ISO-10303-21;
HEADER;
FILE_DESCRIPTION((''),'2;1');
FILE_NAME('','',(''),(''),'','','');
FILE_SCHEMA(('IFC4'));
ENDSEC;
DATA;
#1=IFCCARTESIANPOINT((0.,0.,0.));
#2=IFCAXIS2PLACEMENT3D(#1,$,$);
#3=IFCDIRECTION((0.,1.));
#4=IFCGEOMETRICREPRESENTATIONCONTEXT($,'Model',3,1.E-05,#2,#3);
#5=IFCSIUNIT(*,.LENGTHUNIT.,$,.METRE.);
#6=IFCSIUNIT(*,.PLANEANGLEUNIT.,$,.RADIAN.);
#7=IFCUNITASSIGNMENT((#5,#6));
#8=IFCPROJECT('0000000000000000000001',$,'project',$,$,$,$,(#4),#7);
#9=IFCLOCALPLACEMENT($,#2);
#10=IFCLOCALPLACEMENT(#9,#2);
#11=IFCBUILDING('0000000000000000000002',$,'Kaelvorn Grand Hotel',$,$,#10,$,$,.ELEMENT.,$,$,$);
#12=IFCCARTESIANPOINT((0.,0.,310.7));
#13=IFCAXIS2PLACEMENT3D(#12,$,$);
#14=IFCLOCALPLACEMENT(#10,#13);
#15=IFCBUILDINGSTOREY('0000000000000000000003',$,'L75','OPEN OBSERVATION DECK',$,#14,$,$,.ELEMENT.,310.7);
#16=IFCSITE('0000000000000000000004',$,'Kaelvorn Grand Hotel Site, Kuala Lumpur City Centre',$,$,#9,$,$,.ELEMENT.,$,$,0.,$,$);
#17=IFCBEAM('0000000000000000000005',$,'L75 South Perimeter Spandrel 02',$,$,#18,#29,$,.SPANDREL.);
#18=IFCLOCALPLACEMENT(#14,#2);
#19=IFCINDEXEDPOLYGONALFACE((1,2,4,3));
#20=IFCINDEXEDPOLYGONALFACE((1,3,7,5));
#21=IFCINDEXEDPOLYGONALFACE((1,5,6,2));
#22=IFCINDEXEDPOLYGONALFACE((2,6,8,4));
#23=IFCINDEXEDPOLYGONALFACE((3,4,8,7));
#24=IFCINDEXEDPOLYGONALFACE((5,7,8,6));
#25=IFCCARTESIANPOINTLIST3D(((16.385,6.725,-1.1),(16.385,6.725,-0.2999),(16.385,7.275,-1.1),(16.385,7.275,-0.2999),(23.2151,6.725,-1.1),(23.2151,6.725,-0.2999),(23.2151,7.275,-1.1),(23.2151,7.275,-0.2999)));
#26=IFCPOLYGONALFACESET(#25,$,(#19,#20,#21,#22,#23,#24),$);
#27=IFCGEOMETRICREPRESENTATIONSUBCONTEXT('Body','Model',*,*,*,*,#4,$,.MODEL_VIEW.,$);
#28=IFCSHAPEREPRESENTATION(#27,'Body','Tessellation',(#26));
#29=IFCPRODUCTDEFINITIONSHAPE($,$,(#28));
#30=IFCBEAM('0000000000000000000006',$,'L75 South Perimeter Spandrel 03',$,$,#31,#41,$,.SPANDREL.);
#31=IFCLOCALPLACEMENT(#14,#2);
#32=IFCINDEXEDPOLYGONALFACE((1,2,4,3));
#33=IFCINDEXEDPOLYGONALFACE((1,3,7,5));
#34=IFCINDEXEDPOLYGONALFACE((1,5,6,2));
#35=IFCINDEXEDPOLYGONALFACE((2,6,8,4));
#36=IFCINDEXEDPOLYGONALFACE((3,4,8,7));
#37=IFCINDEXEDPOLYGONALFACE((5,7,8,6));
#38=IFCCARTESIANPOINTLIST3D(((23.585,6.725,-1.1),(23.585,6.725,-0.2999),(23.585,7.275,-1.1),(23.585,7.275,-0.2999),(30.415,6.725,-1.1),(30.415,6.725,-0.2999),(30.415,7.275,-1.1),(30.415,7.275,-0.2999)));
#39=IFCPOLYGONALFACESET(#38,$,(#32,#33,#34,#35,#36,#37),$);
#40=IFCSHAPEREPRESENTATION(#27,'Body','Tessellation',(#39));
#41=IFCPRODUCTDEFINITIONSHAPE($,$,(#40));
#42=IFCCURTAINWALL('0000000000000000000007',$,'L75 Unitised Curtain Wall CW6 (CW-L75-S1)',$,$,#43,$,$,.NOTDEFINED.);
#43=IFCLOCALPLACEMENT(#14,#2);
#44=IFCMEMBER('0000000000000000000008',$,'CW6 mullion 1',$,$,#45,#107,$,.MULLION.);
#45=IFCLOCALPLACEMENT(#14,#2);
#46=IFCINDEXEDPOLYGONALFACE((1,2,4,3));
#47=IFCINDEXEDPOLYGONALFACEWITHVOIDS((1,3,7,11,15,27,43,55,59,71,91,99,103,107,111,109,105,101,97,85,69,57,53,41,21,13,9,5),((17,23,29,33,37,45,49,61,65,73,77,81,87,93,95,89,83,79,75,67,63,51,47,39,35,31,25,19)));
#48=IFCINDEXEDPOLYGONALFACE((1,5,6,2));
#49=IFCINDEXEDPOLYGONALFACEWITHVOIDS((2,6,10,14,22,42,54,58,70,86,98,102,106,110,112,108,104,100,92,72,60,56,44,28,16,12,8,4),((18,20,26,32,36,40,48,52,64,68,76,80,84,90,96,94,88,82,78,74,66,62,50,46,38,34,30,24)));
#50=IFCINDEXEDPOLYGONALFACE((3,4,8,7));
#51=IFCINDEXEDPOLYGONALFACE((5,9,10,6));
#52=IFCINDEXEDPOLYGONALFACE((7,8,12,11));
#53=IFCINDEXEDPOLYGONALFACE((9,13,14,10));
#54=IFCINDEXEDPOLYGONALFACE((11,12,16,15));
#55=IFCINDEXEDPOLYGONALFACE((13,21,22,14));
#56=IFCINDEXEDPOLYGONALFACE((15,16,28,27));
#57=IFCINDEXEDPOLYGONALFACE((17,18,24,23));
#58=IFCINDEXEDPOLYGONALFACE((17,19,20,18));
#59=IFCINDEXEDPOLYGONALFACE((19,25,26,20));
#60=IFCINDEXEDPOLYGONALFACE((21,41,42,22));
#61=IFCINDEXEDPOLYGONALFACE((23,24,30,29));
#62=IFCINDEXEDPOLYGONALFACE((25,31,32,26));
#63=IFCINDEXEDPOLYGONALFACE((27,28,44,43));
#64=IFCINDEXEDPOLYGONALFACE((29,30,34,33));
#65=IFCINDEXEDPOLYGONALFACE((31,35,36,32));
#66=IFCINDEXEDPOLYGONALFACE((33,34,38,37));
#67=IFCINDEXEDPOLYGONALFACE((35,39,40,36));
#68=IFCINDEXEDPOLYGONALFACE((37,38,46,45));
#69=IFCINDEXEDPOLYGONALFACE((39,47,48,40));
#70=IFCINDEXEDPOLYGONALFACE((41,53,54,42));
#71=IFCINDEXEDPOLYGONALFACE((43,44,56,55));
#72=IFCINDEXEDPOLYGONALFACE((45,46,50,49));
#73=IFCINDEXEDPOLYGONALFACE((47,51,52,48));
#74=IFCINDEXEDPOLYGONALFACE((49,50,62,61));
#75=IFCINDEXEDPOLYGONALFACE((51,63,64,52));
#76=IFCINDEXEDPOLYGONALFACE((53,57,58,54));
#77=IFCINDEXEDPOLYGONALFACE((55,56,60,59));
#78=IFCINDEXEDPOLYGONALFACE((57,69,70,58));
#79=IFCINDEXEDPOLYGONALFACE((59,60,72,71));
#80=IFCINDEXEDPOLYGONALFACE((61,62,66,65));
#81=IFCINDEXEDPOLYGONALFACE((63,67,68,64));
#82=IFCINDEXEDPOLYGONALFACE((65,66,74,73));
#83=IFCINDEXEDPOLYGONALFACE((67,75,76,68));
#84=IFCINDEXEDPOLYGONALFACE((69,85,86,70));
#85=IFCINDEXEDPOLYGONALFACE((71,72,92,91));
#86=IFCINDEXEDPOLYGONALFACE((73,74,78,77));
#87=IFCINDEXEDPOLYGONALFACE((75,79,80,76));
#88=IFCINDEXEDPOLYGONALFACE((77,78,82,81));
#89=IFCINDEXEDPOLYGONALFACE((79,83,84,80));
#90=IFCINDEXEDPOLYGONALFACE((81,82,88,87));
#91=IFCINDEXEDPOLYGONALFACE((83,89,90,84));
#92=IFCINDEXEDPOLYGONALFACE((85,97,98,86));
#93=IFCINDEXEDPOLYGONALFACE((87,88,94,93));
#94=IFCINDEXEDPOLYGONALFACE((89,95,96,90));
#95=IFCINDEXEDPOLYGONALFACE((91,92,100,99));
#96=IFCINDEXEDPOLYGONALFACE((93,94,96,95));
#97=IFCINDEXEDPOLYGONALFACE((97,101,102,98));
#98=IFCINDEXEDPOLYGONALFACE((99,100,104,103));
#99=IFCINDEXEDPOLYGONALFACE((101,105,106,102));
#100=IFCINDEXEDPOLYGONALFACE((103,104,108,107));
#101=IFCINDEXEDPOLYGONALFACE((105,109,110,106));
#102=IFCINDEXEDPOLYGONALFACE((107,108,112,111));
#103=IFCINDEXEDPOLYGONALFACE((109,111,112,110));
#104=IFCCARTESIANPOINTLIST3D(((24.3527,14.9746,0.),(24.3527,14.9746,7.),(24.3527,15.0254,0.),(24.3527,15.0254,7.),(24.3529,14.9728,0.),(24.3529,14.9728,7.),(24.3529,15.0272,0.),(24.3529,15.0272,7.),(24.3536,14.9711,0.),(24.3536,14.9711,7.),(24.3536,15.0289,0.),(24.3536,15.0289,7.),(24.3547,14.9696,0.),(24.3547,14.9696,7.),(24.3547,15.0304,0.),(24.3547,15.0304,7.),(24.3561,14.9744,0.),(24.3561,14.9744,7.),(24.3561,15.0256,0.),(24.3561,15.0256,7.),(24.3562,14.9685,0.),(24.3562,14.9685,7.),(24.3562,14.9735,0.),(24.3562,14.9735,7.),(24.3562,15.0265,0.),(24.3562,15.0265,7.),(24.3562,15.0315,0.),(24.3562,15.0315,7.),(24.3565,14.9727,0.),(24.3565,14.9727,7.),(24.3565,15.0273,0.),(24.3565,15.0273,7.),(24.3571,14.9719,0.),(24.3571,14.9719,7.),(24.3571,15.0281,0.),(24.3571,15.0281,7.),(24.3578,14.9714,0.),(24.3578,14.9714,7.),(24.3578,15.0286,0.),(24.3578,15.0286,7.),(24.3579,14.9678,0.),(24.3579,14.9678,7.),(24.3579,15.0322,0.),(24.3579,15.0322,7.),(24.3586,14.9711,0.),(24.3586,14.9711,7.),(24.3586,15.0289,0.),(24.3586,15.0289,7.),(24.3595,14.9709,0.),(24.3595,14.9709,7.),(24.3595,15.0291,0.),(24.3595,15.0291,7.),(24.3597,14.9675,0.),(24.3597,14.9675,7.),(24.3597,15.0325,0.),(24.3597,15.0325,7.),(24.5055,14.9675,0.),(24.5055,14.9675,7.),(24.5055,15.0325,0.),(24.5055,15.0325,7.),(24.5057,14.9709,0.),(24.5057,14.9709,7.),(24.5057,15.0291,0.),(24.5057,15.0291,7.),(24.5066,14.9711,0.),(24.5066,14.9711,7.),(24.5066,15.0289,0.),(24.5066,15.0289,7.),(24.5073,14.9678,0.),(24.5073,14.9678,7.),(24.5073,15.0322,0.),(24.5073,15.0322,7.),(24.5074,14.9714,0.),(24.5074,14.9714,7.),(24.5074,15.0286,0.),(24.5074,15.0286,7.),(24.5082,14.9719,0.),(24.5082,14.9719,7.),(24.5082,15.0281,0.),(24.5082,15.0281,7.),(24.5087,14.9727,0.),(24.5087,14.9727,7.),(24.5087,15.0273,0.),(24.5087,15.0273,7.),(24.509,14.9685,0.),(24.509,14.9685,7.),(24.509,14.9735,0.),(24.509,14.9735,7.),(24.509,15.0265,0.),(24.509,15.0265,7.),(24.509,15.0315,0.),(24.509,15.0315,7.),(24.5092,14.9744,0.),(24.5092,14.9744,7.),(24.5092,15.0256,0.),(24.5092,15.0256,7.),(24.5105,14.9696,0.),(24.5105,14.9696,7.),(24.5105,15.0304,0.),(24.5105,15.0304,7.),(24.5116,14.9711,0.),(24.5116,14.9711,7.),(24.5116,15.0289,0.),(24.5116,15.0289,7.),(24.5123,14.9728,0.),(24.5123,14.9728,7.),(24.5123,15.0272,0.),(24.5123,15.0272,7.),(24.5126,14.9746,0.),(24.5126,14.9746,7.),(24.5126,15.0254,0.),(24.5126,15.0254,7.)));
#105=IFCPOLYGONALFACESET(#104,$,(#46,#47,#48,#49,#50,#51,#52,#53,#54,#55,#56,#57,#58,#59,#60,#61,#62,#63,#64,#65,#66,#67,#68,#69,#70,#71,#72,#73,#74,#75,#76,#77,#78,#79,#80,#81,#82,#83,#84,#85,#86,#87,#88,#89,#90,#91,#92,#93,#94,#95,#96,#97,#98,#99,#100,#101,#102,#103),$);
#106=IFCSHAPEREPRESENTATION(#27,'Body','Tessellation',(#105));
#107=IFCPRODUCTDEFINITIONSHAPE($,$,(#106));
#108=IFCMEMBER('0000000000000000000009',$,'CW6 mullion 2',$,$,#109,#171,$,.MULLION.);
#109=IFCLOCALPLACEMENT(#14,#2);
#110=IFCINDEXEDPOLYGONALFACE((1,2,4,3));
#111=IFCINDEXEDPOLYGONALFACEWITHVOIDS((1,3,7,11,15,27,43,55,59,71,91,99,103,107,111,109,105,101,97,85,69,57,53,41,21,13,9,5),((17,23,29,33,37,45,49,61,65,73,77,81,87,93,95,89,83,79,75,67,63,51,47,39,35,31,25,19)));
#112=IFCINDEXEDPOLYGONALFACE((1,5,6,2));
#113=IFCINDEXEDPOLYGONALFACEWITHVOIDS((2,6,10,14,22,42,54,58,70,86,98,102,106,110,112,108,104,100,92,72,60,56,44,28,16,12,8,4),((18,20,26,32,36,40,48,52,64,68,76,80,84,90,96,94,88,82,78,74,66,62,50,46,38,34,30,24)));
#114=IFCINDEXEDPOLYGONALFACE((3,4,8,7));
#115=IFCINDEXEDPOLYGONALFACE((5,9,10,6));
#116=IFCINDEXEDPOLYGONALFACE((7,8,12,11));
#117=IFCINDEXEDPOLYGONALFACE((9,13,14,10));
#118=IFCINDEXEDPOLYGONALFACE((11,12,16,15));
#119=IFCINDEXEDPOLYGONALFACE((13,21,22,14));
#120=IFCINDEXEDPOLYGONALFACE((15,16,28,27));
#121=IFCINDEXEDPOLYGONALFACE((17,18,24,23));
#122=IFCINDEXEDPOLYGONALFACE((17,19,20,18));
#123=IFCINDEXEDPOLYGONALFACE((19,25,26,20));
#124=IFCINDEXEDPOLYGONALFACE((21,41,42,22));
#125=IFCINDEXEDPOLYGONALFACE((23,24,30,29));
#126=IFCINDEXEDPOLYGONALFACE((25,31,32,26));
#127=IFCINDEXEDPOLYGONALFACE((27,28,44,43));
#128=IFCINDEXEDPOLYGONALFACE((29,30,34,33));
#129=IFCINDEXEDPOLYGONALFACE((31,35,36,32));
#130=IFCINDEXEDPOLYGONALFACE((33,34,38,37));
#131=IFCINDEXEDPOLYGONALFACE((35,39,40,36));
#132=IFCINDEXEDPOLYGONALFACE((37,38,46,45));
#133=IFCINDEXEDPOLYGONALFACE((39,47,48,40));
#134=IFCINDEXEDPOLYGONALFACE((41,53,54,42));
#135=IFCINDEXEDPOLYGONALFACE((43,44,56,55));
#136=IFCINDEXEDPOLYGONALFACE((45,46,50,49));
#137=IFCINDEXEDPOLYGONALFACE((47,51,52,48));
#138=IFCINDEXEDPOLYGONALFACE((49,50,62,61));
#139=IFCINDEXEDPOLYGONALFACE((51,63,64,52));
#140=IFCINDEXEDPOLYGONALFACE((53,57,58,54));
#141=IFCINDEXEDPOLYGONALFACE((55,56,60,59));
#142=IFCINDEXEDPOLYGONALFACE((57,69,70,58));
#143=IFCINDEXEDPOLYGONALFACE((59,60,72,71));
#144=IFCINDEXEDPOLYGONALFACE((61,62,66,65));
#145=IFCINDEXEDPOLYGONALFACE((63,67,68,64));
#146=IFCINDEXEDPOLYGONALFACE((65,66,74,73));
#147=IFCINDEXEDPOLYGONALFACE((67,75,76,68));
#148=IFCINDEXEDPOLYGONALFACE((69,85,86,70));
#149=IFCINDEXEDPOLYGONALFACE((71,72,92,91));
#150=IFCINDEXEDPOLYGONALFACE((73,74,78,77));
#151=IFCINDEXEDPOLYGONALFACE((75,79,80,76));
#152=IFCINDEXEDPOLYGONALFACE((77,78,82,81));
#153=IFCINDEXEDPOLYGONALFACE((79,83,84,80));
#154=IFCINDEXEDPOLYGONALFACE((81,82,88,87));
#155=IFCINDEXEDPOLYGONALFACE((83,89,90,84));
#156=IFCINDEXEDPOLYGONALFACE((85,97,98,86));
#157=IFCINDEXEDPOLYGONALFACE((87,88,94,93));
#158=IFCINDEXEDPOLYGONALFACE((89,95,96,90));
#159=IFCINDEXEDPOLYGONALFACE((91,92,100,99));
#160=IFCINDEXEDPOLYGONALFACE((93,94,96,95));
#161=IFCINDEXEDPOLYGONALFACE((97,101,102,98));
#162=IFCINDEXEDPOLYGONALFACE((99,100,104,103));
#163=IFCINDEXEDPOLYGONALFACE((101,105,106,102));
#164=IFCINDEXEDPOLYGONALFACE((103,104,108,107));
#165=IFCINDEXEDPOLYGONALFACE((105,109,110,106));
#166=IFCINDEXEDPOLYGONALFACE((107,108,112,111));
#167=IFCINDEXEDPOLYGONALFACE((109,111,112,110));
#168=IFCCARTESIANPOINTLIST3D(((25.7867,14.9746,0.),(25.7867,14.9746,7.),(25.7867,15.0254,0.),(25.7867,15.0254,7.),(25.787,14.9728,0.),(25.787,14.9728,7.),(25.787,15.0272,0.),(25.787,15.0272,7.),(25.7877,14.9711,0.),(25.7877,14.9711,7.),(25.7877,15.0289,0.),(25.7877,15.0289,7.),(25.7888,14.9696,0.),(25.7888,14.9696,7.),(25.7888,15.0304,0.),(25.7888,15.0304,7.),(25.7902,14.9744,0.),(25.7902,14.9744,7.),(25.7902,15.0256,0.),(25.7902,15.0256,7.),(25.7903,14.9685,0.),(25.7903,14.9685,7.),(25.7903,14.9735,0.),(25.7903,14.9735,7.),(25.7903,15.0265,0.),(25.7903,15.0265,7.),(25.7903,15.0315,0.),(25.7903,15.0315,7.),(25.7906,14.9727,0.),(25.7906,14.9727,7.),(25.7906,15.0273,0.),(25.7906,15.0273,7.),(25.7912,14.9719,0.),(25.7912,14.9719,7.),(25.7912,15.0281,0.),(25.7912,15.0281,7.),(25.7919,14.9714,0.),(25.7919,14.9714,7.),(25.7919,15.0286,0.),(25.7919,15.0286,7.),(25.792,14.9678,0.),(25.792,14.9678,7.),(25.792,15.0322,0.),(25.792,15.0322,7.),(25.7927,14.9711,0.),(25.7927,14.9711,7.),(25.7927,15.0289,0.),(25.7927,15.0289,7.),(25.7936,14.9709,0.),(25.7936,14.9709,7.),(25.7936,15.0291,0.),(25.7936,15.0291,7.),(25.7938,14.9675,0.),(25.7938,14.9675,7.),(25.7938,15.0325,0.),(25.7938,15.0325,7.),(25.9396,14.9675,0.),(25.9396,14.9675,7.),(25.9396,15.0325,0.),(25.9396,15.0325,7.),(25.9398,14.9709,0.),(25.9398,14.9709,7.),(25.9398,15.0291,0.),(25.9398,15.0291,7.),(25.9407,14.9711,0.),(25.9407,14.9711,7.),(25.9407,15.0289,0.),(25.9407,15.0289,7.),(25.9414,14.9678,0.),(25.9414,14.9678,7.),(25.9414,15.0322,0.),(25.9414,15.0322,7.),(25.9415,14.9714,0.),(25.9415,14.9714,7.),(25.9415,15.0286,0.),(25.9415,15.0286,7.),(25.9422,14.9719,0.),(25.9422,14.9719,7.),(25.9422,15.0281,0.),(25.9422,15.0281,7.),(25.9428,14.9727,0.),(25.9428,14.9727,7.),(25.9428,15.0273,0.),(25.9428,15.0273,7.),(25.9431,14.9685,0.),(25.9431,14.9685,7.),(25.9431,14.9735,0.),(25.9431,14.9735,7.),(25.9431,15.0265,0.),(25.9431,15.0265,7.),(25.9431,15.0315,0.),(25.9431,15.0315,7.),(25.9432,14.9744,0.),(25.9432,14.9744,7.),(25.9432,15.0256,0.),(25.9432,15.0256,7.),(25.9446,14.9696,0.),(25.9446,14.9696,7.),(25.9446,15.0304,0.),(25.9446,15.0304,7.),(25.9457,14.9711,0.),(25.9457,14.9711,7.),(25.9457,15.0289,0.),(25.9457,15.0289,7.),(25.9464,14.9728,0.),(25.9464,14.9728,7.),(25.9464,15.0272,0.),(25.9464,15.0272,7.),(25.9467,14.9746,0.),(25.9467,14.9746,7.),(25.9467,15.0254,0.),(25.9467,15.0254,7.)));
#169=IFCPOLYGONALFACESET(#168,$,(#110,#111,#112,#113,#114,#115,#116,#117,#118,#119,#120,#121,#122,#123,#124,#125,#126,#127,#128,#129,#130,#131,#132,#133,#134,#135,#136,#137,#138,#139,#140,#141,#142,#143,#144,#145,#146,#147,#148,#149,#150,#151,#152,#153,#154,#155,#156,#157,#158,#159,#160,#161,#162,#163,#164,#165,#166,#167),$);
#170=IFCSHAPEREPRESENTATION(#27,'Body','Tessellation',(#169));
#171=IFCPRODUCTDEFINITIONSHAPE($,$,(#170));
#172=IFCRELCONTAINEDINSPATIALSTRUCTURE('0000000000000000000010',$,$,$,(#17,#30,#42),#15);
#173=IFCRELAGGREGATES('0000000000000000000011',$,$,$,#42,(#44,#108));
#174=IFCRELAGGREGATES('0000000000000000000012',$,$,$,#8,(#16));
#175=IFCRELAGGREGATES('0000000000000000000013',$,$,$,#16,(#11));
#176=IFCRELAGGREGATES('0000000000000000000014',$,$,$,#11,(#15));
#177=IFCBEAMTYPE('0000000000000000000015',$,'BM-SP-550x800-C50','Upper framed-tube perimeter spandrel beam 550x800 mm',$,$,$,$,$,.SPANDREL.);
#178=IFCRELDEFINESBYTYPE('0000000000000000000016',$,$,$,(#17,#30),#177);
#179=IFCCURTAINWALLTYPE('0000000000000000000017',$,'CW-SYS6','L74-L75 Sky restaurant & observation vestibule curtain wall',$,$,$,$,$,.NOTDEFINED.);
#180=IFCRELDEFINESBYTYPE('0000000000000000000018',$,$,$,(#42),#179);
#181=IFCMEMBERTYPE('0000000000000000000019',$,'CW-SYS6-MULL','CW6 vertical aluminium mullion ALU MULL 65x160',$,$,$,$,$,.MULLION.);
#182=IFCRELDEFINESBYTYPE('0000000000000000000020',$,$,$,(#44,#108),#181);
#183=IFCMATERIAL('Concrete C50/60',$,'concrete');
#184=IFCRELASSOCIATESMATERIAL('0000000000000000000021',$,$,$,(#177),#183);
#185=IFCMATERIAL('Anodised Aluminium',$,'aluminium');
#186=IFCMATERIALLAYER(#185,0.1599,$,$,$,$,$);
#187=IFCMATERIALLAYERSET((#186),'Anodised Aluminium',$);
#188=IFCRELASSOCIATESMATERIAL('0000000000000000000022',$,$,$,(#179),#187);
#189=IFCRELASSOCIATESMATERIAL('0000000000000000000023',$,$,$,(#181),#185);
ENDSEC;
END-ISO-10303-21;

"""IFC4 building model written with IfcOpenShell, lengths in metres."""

from ifc_helpers import new_model, si_unit, direction, frame, origin, origin_2d, place, context, subcontext, project, spatial, rectangle, hollow_rectangle, extrude, material, layer, layer_set, material_profile, profile_set, type_object, element, aggregate, save


model = new_model("IFC4")

# Units and contexts
model_context = context("Model", 3, precision=1e-05, world=origin(), true_north=direction((0.0, 1.0)))
body_context = subcontext(model_context, "Body", "Model", "MODEL_VIEW")
ifc_project = project(units=[si_unit("LENGTHUNIT", "METRE"), si_unit("PLANEANGLEUNIT", "RADIAN")], contexts=[model_context])

# Site, building, storey
site_placement = place(None, origin())
site = spatial("IfcSite", under=ifc_project, at=site_placement, Name="Kaelvorn Grand Hotel Site, Kuala Lumpur City Centre", CompositionType="ELEMENT", RefElevation=0.0)
building_placement = place(site_placement, origin())
building = spatial("IfcBuilding", under=site, at=building_placement, Name="Kaelvorn Grand Hotel", CompositionType="ELEMENT")
storey_placement = place(building_placement, frame((0.0, 0.0, 310.7)))
storey = spatial("IfcBuildingStorey", under=building, at=storey_placement, Name="L75", Description="OPEN OBSERVATION DECK", CompositionType="ELEMENT", Elevation=310.7)

# Beams
ifc_material_1 = material(Name="Concrete C50/60", Category="concrete")
ifc_material_profile_1 = material_profile(ifc_material_1, rectangle(XDim=0.55, YDim=0.8, at=origin_2d()), Name="RC SPANDREL 550x800")
ifc_profile_set_1 = profile_set([ifc_material_profile_1], Name="Concrete C50/60")
beam_type_1 = type_object("IfcBeamType", Name="BM-SP-550x800-C50", Description="Upper framed-tube perimeter spandrel beam 550x800 mm", PredefinedType="SPANDREL", material=ifc_profile_set_1)
for number, where, z_axis, x_axis, name in (
    (1, (16.385, 7.0, -0.7), (1.0, 0.0, 0.0), (0.0, 1.0, 0.0), "L75 South Perimeter Spandrel 02"),
    (2, (23.585, 7.0, -0.7), (1.0, 0.0, 0.0), (0.0, 1.0, 0.0), "L75 South Perimeter Spandrel 03"),
):
    element("IfcBeam", number, at=place(storey_placement, frame(where, z_axis=z_axis, x_axis=x_axis)), inside=storey, type_object=beam_type_1, Name=name, PredefinedType="SPANDREL", context=body_context, shape_type="SweptSolid", body=[
        extrude(rectangle(XDim=0.55, YDim=0.8, at=origin_2d()), origin(), (0.0, 0.0, 1.0), 6.8301),
    ])

# Curtain wall, members
ifc_material_2 = material(Name="Anodised Aluminium", Category="aluminium")
ifc_layer_1 = layer(ifc_material_2, 0.1599)
ifc_layer_set_1 = layer_set([ifc_layer_1], Name="Anodised Aluminium")
curtain_wall_type = type_object("IfcCurtainWallType", Name="CW-SYS6", Description="L74-L75 Sky restaurant & observation vestibule curtain wall", PredefinedType="NOTDEFINED", material=ifc_layer_set_1)
curtain_wall_1_placement = place(storey_placement, origin())
curtain_wall_1 = element("IfcCurtainWall", 3, at=curtain_wall_1_placement, inside=storey, type_object=curtain_wall_type, Name="L75 Unitised Curtain Wall CW6 (CW-L75-S1)", PredefinedType="NOTDEFINED")
ifc_material_profile_2 = material_profile(ifc_material_2, hollow_rectangle(XDim=0.0649, YDim=0.1599, WallThickness=0.0034, InnerFilletRadius=0.0034, OuterFilletRadius=0.0071, at=origin_2d()), Name="ALU MULL 65x160")
ifc_profile_set_2 = profile_set([ifc_material_profile_2], Name="Anodised Aluminium")
member_type_1 = type_object("IfcMemberType", Name="CW-SYS6-MULL", Description="CW6 vertical aluminium mullion ALU MULL 65x160", PredefinedType="MULLION", material=ifc_profile_set_2)
member_1_placement = place(storey_placement, frame((24.4326, 15.0, 0.0), z_axis=(0.0, 0.0, 1.0), x_axis=(0.0, 1.0, 0.0)))
member_1 = element("IfcMember", 4, at=member_1_placement, type_object=member_type_1, Name="CW6 mullion 1", PredefinedType="MULLION", context=body_context, shape_type="SweptSolid", body=[
    extrude(hollow_rectangle(XDim=0.0649, YDim=0.1599, WallThickness=0.0034, InnerFilletRadius=0.0034, OuterFilletRadius=0.0071, at=origin_2d()), origin(), (0.0, 0.0, 1.0), 7.0),
])
member_2_placement = place(storey_placement, frame((25.8667, 15.0, 0.0), z_axis=(0.0, 0.0, 1.0), x_axis=(0.0, 1.0, 0.0)))
member_2 = element("IfcMember", 5, at=member_2_placement, type_object=member_type_1, Name="CW6 mullion 2", PredefinedType="MULLION", context=body_context, shape_type="SweptSolid", body=[
    extrude(hollow_rectangle(XDim=0.0649, YDim=0.1599, WallThickness=0.0034, InnerFilletRadius=0.0034, OuterFilletRadius=0.0071, at=origin_2d()), origin(), (0.0, 0.0, 1.0), 7.0),
])

aggregate(curtain_wall_1, [member_1, member_2])

save(model, "model.ifc")
